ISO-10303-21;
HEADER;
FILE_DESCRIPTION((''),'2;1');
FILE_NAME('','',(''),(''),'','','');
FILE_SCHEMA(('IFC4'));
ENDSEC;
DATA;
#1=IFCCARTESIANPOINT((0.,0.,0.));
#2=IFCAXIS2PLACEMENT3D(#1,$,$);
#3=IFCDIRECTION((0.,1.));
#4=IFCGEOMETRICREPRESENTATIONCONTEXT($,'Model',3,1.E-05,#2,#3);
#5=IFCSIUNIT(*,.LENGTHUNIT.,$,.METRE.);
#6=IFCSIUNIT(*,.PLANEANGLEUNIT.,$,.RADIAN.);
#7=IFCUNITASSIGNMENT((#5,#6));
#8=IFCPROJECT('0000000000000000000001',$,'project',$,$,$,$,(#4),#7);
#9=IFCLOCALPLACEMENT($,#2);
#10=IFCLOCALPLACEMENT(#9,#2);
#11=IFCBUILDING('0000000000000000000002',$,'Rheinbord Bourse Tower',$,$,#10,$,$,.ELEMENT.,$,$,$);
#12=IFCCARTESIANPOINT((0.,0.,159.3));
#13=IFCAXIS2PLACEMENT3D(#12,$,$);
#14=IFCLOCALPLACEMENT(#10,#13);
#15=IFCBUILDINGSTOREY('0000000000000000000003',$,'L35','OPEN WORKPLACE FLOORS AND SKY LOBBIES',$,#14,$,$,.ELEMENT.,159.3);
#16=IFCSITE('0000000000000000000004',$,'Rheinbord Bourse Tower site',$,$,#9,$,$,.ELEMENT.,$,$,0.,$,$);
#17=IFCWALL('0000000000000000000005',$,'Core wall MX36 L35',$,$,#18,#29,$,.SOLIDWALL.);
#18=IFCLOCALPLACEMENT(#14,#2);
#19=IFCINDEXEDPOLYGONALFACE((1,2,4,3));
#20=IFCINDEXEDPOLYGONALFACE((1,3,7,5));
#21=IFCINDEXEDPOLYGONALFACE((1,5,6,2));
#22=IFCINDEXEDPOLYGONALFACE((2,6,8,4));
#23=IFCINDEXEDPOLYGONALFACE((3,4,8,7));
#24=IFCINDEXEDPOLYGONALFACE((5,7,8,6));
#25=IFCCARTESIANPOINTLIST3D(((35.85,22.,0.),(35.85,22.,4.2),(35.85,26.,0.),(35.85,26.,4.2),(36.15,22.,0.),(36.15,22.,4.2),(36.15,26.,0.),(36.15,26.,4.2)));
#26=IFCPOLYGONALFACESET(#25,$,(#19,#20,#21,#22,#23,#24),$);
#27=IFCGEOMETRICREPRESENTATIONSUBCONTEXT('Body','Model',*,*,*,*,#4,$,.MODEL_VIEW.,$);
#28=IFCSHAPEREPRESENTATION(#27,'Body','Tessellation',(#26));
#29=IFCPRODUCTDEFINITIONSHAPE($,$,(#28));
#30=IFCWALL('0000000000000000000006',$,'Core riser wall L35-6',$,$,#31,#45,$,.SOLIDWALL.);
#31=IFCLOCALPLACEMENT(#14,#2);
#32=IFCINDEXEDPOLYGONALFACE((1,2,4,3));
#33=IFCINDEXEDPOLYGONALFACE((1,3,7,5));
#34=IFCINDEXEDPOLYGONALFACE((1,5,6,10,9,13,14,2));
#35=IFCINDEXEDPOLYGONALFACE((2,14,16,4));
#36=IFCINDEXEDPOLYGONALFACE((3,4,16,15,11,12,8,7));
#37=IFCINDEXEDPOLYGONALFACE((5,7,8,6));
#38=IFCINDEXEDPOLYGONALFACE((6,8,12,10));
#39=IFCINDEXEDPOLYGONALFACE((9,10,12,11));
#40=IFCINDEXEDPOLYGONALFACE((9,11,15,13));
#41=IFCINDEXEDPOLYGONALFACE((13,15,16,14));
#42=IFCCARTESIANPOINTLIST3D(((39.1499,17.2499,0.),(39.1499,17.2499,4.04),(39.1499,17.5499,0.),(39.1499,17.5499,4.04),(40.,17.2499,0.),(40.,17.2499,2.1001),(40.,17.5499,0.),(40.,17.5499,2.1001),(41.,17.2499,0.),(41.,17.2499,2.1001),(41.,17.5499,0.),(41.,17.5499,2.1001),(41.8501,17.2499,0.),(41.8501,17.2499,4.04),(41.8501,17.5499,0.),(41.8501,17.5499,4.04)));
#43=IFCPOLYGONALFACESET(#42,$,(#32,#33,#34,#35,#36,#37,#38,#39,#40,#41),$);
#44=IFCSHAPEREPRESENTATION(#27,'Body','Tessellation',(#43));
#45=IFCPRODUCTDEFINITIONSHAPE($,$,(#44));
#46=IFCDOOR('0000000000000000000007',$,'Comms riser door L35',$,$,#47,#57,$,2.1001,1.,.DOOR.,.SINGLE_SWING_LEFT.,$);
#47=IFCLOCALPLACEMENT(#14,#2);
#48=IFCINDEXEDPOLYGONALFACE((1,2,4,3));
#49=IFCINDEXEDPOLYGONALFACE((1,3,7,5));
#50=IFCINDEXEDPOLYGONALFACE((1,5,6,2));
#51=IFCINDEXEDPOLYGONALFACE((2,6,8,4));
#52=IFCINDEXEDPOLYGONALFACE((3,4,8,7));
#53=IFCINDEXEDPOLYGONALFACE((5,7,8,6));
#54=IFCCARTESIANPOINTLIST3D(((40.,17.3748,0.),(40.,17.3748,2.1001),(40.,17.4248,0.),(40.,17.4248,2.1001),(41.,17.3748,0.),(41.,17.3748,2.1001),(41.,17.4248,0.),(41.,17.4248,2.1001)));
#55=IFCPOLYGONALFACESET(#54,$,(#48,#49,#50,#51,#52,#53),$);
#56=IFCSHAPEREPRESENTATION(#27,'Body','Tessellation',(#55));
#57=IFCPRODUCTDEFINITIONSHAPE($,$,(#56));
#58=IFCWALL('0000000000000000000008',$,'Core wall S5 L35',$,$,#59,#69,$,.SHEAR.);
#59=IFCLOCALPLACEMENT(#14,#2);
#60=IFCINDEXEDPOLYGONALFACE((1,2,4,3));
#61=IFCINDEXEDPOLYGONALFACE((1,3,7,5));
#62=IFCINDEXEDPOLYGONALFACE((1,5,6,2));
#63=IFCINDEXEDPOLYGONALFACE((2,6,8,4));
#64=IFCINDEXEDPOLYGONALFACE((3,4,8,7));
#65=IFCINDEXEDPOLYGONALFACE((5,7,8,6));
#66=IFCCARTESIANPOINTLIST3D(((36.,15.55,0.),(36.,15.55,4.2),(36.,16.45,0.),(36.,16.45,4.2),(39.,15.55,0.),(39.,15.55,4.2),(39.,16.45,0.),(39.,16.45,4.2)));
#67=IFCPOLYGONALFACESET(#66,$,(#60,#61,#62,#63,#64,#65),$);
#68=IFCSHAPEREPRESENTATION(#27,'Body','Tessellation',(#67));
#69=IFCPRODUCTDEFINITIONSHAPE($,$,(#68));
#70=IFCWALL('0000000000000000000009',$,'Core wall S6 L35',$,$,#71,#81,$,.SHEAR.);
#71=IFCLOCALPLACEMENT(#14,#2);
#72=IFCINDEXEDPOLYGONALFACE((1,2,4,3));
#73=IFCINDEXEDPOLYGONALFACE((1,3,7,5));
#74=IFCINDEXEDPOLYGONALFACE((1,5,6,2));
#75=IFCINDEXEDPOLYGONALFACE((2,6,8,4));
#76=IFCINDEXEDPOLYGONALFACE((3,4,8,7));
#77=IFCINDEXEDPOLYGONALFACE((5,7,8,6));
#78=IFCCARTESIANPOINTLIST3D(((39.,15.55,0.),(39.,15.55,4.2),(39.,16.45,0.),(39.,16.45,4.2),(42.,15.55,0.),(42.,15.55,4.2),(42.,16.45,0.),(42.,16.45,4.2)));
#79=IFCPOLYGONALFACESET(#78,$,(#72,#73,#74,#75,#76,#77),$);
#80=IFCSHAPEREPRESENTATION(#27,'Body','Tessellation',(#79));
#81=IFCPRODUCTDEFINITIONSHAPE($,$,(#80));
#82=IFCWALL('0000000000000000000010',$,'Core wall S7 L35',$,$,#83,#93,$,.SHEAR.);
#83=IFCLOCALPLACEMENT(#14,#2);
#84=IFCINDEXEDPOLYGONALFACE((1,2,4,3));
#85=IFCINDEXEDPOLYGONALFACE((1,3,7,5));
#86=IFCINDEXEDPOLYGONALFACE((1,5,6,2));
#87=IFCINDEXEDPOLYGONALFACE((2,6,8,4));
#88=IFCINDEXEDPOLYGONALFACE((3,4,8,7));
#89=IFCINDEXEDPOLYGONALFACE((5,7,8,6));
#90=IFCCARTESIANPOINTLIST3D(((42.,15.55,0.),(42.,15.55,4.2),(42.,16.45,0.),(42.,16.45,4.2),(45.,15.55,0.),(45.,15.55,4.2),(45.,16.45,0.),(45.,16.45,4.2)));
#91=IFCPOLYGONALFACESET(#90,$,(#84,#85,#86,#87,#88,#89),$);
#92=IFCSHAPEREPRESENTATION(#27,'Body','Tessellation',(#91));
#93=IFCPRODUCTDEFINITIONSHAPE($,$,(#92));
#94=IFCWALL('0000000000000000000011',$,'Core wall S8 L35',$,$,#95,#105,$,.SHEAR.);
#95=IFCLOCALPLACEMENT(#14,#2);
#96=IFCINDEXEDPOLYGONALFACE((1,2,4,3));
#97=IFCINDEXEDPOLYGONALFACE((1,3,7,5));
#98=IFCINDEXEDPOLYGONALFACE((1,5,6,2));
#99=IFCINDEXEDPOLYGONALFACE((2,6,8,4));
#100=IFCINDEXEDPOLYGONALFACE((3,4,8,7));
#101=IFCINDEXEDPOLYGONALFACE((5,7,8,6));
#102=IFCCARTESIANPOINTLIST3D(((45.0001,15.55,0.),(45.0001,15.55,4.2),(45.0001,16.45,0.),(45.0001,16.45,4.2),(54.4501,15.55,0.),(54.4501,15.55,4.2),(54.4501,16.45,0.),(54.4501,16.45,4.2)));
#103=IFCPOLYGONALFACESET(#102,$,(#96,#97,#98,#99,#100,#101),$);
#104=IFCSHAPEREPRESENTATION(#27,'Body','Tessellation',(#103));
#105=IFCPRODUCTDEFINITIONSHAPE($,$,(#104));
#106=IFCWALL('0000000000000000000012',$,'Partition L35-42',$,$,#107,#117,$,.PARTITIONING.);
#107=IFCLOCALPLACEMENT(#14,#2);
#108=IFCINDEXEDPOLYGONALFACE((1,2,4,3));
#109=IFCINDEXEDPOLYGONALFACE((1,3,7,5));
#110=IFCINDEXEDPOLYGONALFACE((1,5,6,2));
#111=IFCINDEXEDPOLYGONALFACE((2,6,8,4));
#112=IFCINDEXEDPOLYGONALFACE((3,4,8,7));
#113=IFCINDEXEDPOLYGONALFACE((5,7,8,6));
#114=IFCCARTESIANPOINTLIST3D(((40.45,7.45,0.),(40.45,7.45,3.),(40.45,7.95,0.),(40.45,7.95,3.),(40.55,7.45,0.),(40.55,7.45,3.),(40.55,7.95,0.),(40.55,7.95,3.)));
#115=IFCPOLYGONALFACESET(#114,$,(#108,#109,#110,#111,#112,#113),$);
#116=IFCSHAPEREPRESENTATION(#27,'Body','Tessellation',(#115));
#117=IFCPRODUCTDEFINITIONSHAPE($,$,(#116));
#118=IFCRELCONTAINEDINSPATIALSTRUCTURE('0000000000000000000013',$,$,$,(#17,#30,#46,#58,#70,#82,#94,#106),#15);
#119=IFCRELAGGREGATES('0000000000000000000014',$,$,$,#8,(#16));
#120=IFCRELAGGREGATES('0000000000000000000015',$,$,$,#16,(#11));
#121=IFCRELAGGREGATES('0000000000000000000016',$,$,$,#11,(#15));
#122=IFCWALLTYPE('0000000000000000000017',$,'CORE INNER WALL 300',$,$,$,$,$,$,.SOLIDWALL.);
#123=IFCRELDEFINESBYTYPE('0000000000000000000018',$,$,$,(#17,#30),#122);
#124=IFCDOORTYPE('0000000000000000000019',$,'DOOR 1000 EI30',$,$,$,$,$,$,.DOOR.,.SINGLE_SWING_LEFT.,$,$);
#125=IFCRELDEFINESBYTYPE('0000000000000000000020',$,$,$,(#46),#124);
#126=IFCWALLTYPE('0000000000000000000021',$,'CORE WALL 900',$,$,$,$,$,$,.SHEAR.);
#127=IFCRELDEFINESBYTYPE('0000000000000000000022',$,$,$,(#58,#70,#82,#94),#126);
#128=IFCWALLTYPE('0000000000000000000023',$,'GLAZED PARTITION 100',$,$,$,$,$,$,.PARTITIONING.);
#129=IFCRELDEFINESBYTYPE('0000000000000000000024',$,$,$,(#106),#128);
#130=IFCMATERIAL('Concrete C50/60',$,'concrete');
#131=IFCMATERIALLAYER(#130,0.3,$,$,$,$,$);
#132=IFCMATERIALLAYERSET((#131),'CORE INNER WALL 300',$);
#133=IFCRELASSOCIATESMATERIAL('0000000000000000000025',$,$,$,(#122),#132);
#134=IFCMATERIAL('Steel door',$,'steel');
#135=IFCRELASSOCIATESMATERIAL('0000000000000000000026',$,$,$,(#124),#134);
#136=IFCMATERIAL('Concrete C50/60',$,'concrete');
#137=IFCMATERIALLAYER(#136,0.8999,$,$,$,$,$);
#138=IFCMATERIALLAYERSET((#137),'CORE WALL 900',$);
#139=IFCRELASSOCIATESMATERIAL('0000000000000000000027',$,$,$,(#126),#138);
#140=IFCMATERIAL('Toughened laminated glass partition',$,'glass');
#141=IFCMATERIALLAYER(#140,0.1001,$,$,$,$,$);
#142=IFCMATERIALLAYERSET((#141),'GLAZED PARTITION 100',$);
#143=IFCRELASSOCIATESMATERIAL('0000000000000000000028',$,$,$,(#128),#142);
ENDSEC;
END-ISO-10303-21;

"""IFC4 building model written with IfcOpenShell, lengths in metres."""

from ifc_helpers import new_model, si_unit, direction, frame, frame_2d, origin, place, context, subcontext, project, spatial, rectangle, extrude, material, layer, layer_set, type_object, element, fill, save


model = new_model("IFC4")

# Units and contexts
model_context = context("Model", 3, precision=1e-05, world=origin(), true_north=direction((0.0, 1.0)))
body_context = subcontext(model_context, "Body", "Model", "MODEL_VIEW")
ifc_project = project(units=[si_unit("LENGTHUNIT", "METRE"), si_unit("PLANEANGLEUNIT", "RADIAN")], contexts=[model_context])

# Site, building, storey
site_placement = place(None, origin())
site = spatial("IfcSite", under=ifc_project, at=site_placement, Name="Rheinbord Bourse Tower site", CompositionType="ELEMENT", RefElevation=0.0)
building_placement = place(site_placement, origin())
building = spatial("IfcBuilding", under=site, at=building_placement, Name="Rheinbord Bourse Tower", CompositionType="ELEMENT")
storey_placement = place(building_placement, frame((0.0, 0.0, 159.3)))
storey = spatial("IfcBuildingStorey", under=building, at=storey_placement, Name="L35", Description="OPEN WORKPLACE FLOORS AND SKY LOBBIES", CompositionType="ELEMENT", Elevation=159.3)

# Shared definitions
ifc_material_1 = material(Name="Concrete C50/60", Category="concrete")
ifc_layer_1 = layer(ifc_material_1, 0.3)
ifc_layer_set_1 = layer_set([ifc_layer_1], Name="CORE INNER WALL 300")
wall_type_1 = type_object("IfcWallType", Name="CORE INNER WALL 300", PredefinedType="SOLIDWALL", material=ifc_layer_set_1)
ifc_material_2 = material(Name="Steel door", Category="steel")
door_type_1 = type_object("IfcDoorType", Name="DOOR 1000 EI30", OperationType="SINGLE_SWING_LEFT", PredefinedType="DOOR", material=ifc_material_2)

# Wall
wall_1_placement = place(storey_placement, frame((36.0, 22.0, 0.0), z_axis=(0.0, 0.0, 1.0), x_axis=(0.0, 1.0, 0.0)))
element("IfcWall", 1, at=wall_1_placement, inside=storey, type_object=wall_type_1, Name="Core wall MX36 L35", PredefinedType="SOLIDWALL", context=body_context, shape_type="SweptSolid", body=[
    extrude(rectangle(XDim=4.0, YDim=0.3, at=frame_2d((2.0, 0.0))), origin(), (0.0, 0.0, 1.0), 4.2),
])

# Wall, opening, door
wall_2_placement = place(storey_placement, frame((39.1499, 17.3999, 0.0), z_axis=(0.0, 0.0, 1.0), x_axis=(1.0, 0.0, 0.0)))
wall_2 = element("IfcWall", 2, at=wall_2_placement, inside=storey, type_object=wall_type_1, Name="Core riser wall L35-6", PredefinedType="SOLIDWALL", context=body_context, shape_type="SweptSolid", body=[
    extrude(rectangle(XDim=2.7002, YDim=0.3, at=frame_2d((1.3501, 0.0))), origin(), (0.0, 0.0, 1.0), 4.04),
])
opening_1_placement = place(wall_2_placement, frame((0.8501, 0.0, 0.0)))
opening_1 = element("IfcOpeningElement", 3, at=opening_1_placement, cuts=wall_2, PredefinedType="OPENING", context=body_context, shape_type="SweptSolid", body=[
    extrude(rectangle(XDim=1.0, YDim=2.1001, at=frame_2d((0.5, 1.05))), frame((0.0, 0.1599, 0.0), z_axis=(0.0, -1.0, 0.0), x_axis=(1.0, 0.0, 0.0)), (0.0, 0.0, 1.0), 0.3201),
])
door_1_placement = place(opening_1_placement, origin())
door_1 = element("IfcDoor", 4, at=door_1_placement, inside=storey, type_object=door_type_1, Name="Comms riser door L35", OperationType="SINGLE_SWING_LEFT", OverallHeight=2.1001, OverallWidth=1.0, PredefinedType="DOOR", context=body_context, shape_type="SweptSolid", body=[
    extrude(rectangle(XDim=1.0, YDim=2.1001, at=frame_2d((0.5, 1.05))), frame((0.0, 0.0249, 0.0), z_axis=(0.0, -1.0, 0.0), x_axis=(1.0, 0.0, 0.0)), (0.0, 0.0, 1.0), 0.05),
])
fill(opening_1, door_1)

# Walls
ifc_material_3 = material(Name="Concrete C50/60", Category="concrete")
ifc_layer_2 = layer(ifc_material_3, 0.8999)
ifc_layer_set_2 = layer_set([ifc_layer_2], Name="CORE WALL 900")
wall_type_2 = type_object("IfcWallType", Name="CORE WALL 900", PredefinedType="SHEAR", material=ifc_layer_set_2)
for number, where, z_axis, x_axis, name in (
    (5, (36.0, 16.0, 0.0), (0.0, 0.0, 1.0), (1.0, 0.0, 0.0), "Core wall S5 L35"),
    (6, (39.0, 16.0, 0.0), (0.0, 0.0, 1.0), (1.0, 0.0, 0.0), "Core wall S6 L35"),
    (7, (42.0, 16.0, 0.0), (0.0, 0.0, 1.0), (1.0, 0.0, 0.0), "Core wall S7 L35"),
):
    element("IfcWall", number, at=place(storey_placement, frame(where, z_axis=z_axis, x_axis=x_axis)), inside=storey, type_object=wall_type_2, Name=name, PredefinedType="SHEAR", context=body_context, shape_type="SweptSolid", body=[
        extrude(rectangle(XDim=3.0, YDim=0.8999, at=frame_2d((1.5, 0.0))), origin(), (0.0, 0.0, 1.0), 4.2),
    ])
wall_3_placement = place(storey_placement, frame((45.0, 16.0, 0.0), z_axis=(0.0, 0.0, 1.0), x_axis=(1.0, 0.0, 0.0)))
element("IfcWall", 8, at=wall_3_placement, inside=storey, type_object=wall_type_2, Name="Core wall S8 L35", PredefinedType="SHEAR", context=body_context, shape_type="SweptSolid", body=[
    extrude(rectangle(XDim=9.45, YDim=0.8999, at=frame_2d((4.7251, 0.0))), origin(), (0.0, 0.0, 1.0), 4.2),
])
ifc_material_4 = material(Name="Toughened laminated glass partition", Category="glass")
ifc_layer_3 = layer(ifc_material_4, 0.1001)
ifc_layer_set_3 = layer_set([ifc_layer_3], Name="GLAZED PARTITION 100")
wall_type_3 = type_object("IfcWallType", Name="GLAZED PARTITION 100", PredefinedType="PARTITIONING", material=ifc_layer_set_3)
wall_4_placement = place(storey_placement, frame((40.5, 7.45, 0.0), z_axis=(0.0, 0.0, 1.0), x_axis=(0.0, 1.0, 0.0)))
element("IfcWall", 9, at=wall_4_placement, inside=storey, type_object=wall_type_3, Name="Partition L35-42", PredefinedType="PARTITIONING", context=body_context, shape_type="SweptSolid", body=[
    extrude(rectangle(XDim=0.5, YDim=0.1001, at=frame_2d((0.25, 0.0))), origin(), (0.0, 0.0, 1.0), 3.0),
])

save(model, "model.ifc")
